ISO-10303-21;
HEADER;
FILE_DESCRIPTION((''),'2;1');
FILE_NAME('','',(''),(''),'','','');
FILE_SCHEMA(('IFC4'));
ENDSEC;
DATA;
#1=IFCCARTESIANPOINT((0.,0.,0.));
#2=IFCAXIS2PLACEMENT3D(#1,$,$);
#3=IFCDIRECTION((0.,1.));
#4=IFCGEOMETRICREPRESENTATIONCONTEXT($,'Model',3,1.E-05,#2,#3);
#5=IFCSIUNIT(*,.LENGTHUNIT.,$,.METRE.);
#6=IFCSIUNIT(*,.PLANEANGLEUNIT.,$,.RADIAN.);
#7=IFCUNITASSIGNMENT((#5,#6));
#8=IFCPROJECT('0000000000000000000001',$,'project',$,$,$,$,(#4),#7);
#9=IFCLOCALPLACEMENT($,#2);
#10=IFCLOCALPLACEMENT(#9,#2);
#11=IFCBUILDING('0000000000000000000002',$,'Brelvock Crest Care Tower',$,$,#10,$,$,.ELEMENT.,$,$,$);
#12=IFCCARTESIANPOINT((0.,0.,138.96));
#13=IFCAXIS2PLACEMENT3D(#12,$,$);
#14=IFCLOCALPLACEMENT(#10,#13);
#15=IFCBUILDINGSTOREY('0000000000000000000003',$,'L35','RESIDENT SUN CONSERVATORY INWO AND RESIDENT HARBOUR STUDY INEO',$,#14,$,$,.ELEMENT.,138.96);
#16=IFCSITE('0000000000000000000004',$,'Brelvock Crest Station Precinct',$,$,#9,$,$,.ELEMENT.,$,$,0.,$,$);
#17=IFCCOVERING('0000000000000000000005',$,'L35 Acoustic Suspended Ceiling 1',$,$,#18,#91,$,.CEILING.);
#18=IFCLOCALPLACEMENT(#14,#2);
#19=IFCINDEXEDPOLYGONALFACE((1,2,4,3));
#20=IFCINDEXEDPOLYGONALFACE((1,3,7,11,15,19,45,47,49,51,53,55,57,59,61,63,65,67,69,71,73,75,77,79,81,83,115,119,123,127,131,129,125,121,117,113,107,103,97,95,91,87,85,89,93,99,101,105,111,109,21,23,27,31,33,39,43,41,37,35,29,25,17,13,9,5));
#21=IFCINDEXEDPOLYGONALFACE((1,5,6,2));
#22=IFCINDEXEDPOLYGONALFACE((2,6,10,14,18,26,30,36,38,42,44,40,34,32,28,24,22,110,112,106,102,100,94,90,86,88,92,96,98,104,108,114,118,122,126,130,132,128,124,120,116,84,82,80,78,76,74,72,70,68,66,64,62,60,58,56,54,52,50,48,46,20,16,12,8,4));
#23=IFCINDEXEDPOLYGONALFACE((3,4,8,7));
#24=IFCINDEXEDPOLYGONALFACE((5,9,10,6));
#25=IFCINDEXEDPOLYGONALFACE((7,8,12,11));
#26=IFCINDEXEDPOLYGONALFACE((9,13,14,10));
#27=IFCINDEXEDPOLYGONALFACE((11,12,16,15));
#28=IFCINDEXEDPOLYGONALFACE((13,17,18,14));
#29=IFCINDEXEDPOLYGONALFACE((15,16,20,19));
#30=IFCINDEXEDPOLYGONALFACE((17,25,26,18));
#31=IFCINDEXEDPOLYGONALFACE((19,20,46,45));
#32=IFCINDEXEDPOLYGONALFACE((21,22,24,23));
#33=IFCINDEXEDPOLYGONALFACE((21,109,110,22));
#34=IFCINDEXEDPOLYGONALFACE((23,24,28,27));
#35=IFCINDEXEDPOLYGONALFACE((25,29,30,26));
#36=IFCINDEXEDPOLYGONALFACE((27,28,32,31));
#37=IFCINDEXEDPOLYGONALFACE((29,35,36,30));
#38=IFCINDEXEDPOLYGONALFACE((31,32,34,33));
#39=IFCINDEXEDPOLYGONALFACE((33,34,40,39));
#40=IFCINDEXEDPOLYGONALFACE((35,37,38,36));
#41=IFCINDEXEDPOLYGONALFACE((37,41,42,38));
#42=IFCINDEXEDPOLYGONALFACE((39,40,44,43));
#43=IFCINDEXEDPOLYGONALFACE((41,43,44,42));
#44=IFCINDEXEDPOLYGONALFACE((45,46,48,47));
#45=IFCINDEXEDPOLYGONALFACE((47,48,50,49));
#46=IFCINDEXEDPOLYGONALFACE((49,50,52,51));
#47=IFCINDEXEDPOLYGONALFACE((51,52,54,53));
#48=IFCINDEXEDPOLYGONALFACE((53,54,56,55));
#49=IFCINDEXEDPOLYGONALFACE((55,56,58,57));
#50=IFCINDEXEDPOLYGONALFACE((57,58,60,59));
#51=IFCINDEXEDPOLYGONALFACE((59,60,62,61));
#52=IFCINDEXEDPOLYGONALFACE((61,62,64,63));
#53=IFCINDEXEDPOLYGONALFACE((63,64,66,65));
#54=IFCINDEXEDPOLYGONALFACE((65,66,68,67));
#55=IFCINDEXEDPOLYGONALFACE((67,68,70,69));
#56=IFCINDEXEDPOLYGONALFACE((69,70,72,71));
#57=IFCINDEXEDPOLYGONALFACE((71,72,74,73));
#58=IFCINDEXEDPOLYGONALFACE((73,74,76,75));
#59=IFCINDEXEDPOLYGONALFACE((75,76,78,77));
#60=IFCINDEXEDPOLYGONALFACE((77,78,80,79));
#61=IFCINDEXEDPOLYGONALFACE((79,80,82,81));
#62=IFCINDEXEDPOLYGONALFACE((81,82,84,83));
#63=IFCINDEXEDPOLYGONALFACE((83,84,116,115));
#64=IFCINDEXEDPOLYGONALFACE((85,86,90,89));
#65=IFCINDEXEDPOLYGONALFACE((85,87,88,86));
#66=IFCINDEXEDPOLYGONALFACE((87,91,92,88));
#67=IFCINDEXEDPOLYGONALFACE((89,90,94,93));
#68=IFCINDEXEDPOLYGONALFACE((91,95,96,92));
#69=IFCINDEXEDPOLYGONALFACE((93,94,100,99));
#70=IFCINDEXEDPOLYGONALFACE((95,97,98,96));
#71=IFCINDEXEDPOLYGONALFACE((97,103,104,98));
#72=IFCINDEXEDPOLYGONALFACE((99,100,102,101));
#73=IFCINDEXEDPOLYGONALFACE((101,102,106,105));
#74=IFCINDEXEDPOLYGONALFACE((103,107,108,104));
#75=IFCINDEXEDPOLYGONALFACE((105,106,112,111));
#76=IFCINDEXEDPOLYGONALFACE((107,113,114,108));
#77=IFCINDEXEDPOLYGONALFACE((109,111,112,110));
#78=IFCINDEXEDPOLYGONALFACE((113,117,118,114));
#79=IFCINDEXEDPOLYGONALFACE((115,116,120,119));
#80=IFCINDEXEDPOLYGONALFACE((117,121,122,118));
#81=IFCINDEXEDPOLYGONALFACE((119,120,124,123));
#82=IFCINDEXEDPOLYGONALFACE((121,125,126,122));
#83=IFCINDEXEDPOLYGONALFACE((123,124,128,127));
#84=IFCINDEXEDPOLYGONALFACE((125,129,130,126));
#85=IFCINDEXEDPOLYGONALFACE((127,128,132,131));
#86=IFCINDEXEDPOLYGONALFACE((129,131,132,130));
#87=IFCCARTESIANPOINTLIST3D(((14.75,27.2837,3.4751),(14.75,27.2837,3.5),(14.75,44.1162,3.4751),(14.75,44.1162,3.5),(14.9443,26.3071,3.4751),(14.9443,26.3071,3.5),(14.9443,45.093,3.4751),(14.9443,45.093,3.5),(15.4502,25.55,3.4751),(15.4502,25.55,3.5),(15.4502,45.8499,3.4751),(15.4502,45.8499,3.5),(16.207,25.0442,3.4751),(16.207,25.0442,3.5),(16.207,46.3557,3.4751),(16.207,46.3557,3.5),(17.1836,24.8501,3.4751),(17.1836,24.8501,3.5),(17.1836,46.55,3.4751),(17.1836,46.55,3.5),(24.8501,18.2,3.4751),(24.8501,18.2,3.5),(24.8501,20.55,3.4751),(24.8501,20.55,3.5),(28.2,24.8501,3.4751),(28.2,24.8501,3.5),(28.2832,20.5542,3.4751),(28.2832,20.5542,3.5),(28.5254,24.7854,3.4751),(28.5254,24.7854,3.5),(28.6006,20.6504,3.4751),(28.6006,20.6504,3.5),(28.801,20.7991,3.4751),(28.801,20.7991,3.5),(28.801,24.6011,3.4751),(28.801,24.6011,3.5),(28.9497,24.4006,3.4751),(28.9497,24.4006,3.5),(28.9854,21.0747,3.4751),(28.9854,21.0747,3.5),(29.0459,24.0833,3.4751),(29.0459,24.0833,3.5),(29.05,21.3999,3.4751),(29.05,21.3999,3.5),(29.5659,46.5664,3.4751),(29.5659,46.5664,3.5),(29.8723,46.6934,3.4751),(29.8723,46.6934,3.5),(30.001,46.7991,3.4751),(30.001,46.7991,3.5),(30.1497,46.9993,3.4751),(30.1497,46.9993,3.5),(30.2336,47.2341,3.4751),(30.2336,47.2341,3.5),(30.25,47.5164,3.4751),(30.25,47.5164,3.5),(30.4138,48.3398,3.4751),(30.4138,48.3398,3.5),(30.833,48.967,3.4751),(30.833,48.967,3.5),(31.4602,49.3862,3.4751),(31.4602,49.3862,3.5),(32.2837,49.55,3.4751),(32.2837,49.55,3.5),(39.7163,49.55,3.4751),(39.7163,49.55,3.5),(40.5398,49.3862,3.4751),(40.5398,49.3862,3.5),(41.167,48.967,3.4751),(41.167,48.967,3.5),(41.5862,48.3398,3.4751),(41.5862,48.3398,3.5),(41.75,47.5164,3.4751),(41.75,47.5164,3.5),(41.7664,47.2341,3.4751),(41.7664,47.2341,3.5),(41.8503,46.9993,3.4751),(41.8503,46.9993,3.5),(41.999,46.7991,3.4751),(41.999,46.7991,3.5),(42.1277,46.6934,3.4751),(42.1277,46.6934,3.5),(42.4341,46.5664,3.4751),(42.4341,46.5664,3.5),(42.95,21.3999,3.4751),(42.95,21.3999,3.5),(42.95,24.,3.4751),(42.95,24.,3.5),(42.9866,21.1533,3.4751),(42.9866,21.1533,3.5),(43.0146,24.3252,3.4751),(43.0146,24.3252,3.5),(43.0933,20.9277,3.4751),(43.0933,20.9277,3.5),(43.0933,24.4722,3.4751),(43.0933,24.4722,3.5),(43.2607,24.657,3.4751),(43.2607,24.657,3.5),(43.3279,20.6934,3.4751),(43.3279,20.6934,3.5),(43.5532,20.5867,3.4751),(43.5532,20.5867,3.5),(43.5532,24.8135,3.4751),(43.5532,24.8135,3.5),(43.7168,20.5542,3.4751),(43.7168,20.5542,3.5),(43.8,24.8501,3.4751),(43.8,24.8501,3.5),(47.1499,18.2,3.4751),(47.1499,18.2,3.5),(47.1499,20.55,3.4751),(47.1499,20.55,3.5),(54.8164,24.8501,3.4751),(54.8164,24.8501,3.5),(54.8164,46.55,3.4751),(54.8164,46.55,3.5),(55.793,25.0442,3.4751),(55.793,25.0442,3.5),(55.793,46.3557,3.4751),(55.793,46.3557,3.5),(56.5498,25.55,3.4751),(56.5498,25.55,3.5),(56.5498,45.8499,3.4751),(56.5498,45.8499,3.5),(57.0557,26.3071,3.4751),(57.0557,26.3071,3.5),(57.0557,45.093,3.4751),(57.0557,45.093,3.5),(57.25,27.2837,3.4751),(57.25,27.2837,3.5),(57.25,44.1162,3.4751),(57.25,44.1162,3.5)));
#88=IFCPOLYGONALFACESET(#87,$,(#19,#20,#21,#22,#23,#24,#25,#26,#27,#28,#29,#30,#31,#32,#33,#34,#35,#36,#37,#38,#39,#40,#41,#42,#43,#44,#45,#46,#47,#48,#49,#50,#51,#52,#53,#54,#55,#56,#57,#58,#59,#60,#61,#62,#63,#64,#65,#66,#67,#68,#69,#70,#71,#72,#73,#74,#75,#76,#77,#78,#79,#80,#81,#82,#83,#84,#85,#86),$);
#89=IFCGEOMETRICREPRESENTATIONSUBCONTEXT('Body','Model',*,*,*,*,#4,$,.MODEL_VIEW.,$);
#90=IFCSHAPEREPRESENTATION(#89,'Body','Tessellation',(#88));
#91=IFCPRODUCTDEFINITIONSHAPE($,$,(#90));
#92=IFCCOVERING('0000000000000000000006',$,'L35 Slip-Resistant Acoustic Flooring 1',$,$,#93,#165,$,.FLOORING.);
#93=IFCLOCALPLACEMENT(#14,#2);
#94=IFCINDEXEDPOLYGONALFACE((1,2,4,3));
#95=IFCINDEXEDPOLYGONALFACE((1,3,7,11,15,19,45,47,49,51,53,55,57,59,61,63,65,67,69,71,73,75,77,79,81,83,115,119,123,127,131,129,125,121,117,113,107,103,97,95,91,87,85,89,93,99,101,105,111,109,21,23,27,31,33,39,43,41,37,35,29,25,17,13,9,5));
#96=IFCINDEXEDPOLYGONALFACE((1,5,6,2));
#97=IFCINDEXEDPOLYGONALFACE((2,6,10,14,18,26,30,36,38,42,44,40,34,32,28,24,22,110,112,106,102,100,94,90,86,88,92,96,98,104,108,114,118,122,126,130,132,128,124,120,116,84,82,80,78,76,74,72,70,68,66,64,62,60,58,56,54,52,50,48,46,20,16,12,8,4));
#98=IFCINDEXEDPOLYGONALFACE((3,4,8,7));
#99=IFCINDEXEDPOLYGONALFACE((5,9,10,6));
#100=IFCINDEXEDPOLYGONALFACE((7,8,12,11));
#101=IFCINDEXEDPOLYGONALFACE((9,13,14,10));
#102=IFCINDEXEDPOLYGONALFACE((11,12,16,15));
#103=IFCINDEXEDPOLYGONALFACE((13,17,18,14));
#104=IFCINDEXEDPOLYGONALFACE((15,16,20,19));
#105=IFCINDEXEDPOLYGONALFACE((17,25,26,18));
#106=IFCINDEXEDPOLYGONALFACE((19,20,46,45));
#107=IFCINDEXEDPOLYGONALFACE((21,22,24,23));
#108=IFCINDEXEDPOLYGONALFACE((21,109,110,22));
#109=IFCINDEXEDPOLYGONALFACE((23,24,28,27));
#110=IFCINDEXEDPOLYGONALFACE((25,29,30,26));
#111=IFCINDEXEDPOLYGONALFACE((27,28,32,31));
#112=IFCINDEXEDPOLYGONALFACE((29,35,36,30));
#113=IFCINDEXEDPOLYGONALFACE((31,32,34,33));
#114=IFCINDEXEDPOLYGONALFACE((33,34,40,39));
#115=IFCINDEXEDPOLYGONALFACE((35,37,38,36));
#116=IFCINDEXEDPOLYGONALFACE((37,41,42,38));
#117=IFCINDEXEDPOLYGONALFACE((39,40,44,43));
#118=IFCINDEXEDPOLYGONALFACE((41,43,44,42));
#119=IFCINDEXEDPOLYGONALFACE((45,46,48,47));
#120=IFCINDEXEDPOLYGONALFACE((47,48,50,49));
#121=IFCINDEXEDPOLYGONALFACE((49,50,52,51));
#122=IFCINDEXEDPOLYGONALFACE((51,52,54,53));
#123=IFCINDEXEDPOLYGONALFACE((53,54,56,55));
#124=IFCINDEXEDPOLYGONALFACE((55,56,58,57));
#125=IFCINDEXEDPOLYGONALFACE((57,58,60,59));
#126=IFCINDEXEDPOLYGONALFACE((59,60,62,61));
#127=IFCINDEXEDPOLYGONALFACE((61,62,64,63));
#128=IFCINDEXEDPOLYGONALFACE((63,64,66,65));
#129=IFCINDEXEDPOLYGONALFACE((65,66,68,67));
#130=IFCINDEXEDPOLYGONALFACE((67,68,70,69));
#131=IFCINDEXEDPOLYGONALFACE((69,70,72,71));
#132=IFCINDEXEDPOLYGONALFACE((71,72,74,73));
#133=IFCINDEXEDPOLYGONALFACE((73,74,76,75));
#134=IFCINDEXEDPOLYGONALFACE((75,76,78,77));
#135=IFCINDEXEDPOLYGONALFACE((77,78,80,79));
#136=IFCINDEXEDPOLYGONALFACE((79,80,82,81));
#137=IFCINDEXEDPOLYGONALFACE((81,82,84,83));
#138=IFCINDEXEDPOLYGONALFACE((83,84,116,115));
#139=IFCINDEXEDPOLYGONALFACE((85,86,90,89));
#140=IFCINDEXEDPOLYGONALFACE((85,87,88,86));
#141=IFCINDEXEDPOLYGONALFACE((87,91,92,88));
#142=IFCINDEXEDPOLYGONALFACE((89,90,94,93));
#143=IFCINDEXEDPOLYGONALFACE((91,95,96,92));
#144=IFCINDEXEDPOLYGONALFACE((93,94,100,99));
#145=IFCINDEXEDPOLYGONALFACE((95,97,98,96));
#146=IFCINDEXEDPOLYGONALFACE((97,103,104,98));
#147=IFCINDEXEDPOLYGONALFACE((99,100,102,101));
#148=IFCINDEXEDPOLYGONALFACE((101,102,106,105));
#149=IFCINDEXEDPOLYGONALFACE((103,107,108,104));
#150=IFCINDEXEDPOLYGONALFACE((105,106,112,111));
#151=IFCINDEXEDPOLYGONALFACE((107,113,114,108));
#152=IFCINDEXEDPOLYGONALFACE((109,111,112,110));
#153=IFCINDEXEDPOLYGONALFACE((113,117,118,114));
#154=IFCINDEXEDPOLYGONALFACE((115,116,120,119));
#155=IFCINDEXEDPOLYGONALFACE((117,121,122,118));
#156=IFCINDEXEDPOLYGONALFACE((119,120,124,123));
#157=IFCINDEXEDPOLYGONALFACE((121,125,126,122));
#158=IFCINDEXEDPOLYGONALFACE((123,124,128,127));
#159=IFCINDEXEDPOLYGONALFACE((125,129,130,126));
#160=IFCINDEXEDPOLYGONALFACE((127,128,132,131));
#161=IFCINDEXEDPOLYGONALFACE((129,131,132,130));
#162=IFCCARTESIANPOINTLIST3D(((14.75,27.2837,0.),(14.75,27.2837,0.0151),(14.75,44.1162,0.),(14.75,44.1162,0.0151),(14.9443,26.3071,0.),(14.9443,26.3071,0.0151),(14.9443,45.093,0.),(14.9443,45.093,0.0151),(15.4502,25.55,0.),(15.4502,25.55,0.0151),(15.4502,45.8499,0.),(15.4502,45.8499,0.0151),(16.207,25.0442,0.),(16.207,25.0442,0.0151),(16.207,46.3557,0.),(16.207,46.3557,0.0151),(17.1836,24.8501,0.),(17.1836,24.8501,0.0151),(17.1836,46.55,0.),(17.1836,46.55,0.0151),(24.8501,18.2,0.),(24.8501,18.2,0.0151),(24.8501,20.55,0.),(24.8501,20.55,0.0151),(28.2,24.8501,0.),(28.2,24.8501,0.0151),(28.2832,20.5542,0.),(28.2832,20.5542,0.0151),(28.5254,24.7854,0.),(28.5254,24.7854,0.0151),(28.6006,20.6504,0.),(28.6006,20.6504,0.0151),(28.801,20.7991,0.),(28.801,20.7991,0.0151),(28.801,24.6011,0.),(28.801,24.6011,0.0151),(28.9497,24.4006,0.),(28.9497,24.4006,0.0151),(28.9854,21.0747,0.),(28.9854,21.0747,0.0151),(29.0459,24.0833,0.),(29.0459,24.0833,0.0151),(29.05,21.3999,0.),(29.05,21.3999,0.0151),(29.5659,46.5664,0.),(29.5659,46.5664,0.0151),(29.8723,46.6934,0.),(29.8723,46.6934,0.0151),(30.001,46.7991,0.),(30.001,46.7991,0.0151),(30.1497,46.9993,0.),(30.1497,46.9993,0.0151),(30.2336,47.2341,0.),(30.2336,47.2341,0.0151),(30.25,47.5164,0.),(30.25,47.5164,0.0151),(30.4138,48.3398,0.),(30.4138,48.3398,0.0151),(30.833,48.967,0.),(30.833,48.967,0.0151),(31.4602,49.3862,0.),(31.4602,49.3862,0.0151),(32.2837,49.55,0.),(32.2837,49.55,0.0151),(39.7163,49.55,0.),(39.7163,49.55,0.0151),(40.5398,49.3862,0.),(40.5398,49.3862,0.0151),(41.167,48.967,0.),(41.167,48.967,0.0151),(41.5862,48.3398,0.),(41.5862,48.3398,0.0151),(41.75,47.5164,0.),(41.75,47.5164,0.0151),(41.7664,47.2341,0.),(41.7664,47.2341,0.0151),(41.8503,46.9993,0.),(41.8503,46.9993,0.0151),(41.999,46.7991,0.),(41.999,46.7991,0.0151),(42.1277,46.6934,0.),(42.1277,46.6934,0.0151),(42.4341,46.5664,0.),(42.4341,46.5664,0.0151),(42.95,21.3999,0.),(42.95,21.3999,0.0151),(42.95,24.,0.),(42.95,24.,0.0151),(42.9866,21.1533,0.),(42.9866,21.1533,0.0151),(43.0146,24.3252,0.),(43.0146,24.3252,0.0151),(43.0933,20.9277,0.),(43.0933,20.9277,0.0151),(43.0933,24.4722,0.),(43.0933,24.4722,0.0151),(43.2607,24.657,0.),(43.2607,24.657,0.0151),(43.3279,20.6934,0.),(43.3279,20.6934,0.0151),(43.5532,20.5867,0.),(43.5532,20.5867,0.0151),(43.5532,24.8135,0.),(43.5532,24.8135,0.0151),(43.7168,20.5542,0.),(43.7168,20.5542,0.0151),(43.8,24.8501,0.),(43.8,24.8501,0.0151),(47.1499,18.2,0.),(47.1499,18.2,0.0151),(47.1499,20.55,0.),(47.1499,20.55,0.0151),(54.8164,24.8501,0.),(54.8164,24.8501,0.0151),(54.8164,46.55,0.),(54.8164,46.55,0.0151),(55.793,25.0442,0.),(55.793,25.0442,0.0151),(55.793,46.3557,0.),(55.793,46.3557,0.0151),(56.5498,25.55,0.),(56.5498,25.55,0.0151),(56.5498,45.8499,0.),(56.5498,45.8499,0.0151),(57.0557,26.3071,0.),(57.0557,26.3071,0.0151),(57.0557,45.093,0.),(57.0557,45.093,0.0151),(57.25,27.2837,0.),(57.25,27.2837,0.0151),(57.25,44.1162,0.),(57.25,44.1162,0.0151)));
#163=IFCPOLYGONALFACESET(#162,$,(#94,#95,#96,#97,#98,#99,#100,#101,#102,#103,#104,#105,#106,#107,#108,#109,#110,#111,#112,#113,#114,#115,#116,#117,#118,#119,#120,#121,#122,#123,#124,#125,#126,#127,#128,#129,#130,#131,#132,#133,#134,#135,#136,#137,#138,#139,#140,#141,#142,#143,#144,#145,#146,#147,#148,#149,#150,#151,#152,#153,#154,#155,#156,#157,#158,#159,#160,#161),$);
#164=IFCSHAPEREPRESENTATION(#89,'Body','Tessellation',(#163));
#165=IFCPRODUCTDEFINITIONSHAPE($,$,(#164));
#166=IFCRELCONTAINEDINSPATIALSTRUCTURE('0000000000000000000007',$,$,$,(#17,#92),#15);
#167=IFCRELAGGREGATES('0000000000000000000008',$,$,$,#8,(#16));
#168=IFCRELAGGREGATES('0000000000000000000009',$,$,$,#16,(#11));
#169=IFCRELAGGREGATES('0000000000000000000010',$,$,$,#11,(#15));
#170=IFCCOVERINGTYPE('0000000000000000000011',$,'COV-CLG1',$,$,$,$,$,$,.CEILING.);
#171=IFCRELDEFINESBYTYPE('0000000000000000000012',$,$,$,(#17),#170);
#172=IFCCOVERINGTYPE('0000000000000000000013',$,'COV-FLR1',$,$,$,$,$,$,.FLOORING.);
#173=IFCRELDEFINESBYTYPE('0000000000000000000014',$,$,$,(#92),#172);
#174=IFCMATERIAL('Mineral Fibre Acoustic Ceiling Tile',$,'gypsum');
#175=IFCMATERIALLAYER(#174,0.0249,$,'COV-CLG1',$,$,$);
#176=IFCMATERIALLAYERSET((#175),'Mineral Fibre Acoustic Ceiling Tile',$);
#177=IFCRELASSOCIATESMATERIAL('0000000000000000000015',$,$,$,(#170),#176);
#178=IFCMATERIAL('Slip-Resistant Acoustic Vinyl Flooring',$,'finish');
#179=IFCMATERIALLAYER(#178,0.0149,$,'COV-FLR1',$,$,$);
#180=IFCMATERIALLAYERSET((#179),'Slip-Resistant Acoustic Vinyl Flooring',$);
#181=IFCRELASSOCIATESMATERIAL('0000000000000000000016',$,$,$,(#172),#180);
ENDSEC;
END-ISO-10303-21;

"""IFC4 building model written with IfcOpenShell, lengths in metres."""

from ifc_helpers import new_model, si_unit, direction, frame, origin, place, context, subcontext, project, spatial, polyline, outline, extrude, material, layer, layer_set, type_object, element, save


model = new_model("IFC4")

# Units and contexts
model_context = context("Model", 3, precision=1e-05, world=origin(), true_north=direction((0.0, 1.0)))
body_context = subcontext(model_context, "Body", "Model", "MODEL_VIEW")
ifc_project = project(units=[si_unit("LENGTHUNIT", "METRE"), si_unit("PLANEANGLEUNIT", "RADIAN")], contexts=[model_context])

# Site, building, storey
site_placement = place(None, origin())
site = spatial("IfcSite", under=ifc_project, at=site_placement, Name="Brelvock Crest Station Precinct", CompositionType="ELEMENT", RefElevation=0.0)
building_placement = place(site_placement, origin())
building = spatial("IfcBuilding", under=site, at=building_placement, Name="Brelvock Crest Care Tower", CompositionType="ELEMENT")
storey_placement = place(building_placement, frame((0.0, 0.0, 138.96)))
storey = spatial("IfcBuildingStorey", under=building, at=storey_placement, Name="L35", Description="RESIDENT SUN CONSERVATORY INWO AND RESIDENT HARBOUR STUDY INEO", CompositionType="ELEMENT", Elevation=138.96)

# Coverings
ifc_material_1 = material(Name="Mineral Fibre Acoustic Ceiling Tile", Category="gypsum")
ifc_layer_1 = layer(ifc_material_1, 0.0249, Name="COV-CLG1")
ifc_layer_set_1 = layer_set([ifc_layer_1], Name="Mineral Fibre Acoustic Ceiling Tile")
covering_type_1 = type_object("IfcCoveringType", Name="COV-CLG1", PredefinedType="CEILING", material=ifc_layer_set_1)
covering_1_placement = place(storey_placement, frame((0.0, 0.0, 3.4751)))
element("IfcCovering", 1, at=covering_1_placement, inside=storey, type_object=covering_type_1, Name="L35 Acoustic Suspended Ceiling 1", PredefinedType="CEILING", context=body_context, shape_type="SweptSolid", body=[
    extrude(outline(polyline([(24.8501, 18.2), (47.1499, 18.2), (47.1499, 20.55), (43.7168, 20.5542), (43.5532, 20.5867), (43.3279, 20.6934), (43.0933, 20.9277), (42.9866, 21.1533), (42.95, 21.3999), (42.95, 24.0), (43.0146, 24.3252), (43.0933, 24.4722), (43.2607, 24.657), (43.5532, 24.8135), (43.8, 24.8501), (54.8164, 24.8501), (55.793, 25.0442), (56.5498, 25.55), (57.0557, 26.3071), (57.25, 27.2837), (57.25, 44.1162), (57.0557, 45.093), (56.5498, 45.8499), (55.793, 46.3557), (54.8164, 46.55), (42.4341, 46.5664), (42.1277, 46.6934), (41.999, 46.7991), (41.8503, 46.9993), (41.7664, 47.2341), (41.75, 47.5164), (41.5862, 48.3398), (41.167, 48.967), (40.5398, 49.3862), (39.7163, 49.55), (32.2837, 49.55), (31.4602, 49.3862), (30.833, 48.967), (30.4138, 48.3398), (30.25, 47.5164), (30.2336, 47.2341), (30.1497, 46.9993), (30.001, 46.7991), (29.8723, 46.6934), (29.5659, 46.5664), (17.1836, 46.55), (16.207, 46.3557), (15.4502, 45.8499), (14.9443, 45.093), (14.75, 44.1162), (14.75, 27.2837), (14.9443, 26.3071), (15.4502, 25.55), (16.207, 25.0442), (17.1836, 24.8501), (28.2, 24.8501), (28.5254, 24.7854), (28.801, 24.6011), (28.9497, 24.4006), (29.0459, 24.0833), (29.05, 21.3999), (28.9854, 21.0747), (28.801, 20.7991), (28.6006, 20.6504), (28.2832, 20.5542), (24.8501, 20.55), (24.8501, 18.2)])), origin(), (0.0, 0.0, 1.0), 0.0249),
])
ifc_material_2 = material(Name="Slip-Resistant Acoustic Vinyl Flooring", Category="finish")
ifc_layer_2 = layer(ifc_material_2, 0.0149, Name="COV-FLR1")
ifc_layer_set_2 = layer_set([ifc_layer_2], Name="Slip-Resistant Acoustic Vinyl Flooring")
covering_type_2 = type_object("IfcCoveringType", Name="COV-FLR1", PredefinedType="FLOORING", material=ifc_layer_set_2)
covering_2_placement = place(storey_placement, origin())
element("IfcCovering", 2, at=covering_2_placement, inside=storey, type_object=covering_type_2, Name="L35 Slip-Resistant Acoustic Flooring 1", PredefinedType="FLOORING", context=body_context, shape_type="SweptSolid", body=[
    extrude(outline(polyline([(24.8501, 18.2), (47.1499, 18.2), (47.1499, 20.55), (43.7168, 20.5542), (43.5532, 20.5867), (43.3279, 20.6934), (43.0933, 20.9277), (42.9866, 21.1533), (42.95, 21.3999), (42.95, 24.0), (43.0146, 24.3252), (43.0933, 24.4722), (43.2607, 24.657), (43.5532, 24.8135), (43.8, 24.8501), (54.8164, 24.8501), (55.793, 25.0442), (56.5498, 25.55), (57.0557, 26.3071), (57.25, 27.2837), (57.25, 44.1162), (57.0557, 45.093), (56.5498, 45.8499), (55.793, 46.3557), (54.8164, 46.55), (42.4341, 46.5664), (42.1277, 46.6934), (41.999, 46.7991), (41.8503, 46.9993), (41.7664, 47.2341), (41.75, 47.5164), (41.5862, 48.3398), (41.167, 48.967), (40.5398, 49.3862), (39.7163, 49.55), (32.2837, 49.55), (31.4602, 49.3862), (30.833, 48.967), (30.4138, 48.3398), (30.25, 47.5164), (30.2336, 47.2341), (30.1497, 46.9993), (30.001, 46.7991), (29.8723, 46.6934), (29.5659, 46.5664), (17.1836, 46.55), (16.207, 46.3557), (15.4502, 45.8499), (14.9443, 45.093), (14.75, 44.1162), (14.75, 27.2837), (14.9443, 26.3071), (15.4502, 25.55), (16.207, 25.0442), (17.1836, 24.8501), (28.2, 24.8501), (28.5254, 24.7854), (28.801, 24.6011), (28.9497, 24.4006), (29.0459, 24.0833), (29.05, 21.3999), (28.9854, 21.0747), (28.801, 20.7991), (28.6006, 20.6504), (28.2832, 20.5542), (24.8501, 20.55), (24.8501, 18.2)])), origin(), (0.0, 0.0, 1.0), 0.0151),
])

save(model, "model.ifc")
